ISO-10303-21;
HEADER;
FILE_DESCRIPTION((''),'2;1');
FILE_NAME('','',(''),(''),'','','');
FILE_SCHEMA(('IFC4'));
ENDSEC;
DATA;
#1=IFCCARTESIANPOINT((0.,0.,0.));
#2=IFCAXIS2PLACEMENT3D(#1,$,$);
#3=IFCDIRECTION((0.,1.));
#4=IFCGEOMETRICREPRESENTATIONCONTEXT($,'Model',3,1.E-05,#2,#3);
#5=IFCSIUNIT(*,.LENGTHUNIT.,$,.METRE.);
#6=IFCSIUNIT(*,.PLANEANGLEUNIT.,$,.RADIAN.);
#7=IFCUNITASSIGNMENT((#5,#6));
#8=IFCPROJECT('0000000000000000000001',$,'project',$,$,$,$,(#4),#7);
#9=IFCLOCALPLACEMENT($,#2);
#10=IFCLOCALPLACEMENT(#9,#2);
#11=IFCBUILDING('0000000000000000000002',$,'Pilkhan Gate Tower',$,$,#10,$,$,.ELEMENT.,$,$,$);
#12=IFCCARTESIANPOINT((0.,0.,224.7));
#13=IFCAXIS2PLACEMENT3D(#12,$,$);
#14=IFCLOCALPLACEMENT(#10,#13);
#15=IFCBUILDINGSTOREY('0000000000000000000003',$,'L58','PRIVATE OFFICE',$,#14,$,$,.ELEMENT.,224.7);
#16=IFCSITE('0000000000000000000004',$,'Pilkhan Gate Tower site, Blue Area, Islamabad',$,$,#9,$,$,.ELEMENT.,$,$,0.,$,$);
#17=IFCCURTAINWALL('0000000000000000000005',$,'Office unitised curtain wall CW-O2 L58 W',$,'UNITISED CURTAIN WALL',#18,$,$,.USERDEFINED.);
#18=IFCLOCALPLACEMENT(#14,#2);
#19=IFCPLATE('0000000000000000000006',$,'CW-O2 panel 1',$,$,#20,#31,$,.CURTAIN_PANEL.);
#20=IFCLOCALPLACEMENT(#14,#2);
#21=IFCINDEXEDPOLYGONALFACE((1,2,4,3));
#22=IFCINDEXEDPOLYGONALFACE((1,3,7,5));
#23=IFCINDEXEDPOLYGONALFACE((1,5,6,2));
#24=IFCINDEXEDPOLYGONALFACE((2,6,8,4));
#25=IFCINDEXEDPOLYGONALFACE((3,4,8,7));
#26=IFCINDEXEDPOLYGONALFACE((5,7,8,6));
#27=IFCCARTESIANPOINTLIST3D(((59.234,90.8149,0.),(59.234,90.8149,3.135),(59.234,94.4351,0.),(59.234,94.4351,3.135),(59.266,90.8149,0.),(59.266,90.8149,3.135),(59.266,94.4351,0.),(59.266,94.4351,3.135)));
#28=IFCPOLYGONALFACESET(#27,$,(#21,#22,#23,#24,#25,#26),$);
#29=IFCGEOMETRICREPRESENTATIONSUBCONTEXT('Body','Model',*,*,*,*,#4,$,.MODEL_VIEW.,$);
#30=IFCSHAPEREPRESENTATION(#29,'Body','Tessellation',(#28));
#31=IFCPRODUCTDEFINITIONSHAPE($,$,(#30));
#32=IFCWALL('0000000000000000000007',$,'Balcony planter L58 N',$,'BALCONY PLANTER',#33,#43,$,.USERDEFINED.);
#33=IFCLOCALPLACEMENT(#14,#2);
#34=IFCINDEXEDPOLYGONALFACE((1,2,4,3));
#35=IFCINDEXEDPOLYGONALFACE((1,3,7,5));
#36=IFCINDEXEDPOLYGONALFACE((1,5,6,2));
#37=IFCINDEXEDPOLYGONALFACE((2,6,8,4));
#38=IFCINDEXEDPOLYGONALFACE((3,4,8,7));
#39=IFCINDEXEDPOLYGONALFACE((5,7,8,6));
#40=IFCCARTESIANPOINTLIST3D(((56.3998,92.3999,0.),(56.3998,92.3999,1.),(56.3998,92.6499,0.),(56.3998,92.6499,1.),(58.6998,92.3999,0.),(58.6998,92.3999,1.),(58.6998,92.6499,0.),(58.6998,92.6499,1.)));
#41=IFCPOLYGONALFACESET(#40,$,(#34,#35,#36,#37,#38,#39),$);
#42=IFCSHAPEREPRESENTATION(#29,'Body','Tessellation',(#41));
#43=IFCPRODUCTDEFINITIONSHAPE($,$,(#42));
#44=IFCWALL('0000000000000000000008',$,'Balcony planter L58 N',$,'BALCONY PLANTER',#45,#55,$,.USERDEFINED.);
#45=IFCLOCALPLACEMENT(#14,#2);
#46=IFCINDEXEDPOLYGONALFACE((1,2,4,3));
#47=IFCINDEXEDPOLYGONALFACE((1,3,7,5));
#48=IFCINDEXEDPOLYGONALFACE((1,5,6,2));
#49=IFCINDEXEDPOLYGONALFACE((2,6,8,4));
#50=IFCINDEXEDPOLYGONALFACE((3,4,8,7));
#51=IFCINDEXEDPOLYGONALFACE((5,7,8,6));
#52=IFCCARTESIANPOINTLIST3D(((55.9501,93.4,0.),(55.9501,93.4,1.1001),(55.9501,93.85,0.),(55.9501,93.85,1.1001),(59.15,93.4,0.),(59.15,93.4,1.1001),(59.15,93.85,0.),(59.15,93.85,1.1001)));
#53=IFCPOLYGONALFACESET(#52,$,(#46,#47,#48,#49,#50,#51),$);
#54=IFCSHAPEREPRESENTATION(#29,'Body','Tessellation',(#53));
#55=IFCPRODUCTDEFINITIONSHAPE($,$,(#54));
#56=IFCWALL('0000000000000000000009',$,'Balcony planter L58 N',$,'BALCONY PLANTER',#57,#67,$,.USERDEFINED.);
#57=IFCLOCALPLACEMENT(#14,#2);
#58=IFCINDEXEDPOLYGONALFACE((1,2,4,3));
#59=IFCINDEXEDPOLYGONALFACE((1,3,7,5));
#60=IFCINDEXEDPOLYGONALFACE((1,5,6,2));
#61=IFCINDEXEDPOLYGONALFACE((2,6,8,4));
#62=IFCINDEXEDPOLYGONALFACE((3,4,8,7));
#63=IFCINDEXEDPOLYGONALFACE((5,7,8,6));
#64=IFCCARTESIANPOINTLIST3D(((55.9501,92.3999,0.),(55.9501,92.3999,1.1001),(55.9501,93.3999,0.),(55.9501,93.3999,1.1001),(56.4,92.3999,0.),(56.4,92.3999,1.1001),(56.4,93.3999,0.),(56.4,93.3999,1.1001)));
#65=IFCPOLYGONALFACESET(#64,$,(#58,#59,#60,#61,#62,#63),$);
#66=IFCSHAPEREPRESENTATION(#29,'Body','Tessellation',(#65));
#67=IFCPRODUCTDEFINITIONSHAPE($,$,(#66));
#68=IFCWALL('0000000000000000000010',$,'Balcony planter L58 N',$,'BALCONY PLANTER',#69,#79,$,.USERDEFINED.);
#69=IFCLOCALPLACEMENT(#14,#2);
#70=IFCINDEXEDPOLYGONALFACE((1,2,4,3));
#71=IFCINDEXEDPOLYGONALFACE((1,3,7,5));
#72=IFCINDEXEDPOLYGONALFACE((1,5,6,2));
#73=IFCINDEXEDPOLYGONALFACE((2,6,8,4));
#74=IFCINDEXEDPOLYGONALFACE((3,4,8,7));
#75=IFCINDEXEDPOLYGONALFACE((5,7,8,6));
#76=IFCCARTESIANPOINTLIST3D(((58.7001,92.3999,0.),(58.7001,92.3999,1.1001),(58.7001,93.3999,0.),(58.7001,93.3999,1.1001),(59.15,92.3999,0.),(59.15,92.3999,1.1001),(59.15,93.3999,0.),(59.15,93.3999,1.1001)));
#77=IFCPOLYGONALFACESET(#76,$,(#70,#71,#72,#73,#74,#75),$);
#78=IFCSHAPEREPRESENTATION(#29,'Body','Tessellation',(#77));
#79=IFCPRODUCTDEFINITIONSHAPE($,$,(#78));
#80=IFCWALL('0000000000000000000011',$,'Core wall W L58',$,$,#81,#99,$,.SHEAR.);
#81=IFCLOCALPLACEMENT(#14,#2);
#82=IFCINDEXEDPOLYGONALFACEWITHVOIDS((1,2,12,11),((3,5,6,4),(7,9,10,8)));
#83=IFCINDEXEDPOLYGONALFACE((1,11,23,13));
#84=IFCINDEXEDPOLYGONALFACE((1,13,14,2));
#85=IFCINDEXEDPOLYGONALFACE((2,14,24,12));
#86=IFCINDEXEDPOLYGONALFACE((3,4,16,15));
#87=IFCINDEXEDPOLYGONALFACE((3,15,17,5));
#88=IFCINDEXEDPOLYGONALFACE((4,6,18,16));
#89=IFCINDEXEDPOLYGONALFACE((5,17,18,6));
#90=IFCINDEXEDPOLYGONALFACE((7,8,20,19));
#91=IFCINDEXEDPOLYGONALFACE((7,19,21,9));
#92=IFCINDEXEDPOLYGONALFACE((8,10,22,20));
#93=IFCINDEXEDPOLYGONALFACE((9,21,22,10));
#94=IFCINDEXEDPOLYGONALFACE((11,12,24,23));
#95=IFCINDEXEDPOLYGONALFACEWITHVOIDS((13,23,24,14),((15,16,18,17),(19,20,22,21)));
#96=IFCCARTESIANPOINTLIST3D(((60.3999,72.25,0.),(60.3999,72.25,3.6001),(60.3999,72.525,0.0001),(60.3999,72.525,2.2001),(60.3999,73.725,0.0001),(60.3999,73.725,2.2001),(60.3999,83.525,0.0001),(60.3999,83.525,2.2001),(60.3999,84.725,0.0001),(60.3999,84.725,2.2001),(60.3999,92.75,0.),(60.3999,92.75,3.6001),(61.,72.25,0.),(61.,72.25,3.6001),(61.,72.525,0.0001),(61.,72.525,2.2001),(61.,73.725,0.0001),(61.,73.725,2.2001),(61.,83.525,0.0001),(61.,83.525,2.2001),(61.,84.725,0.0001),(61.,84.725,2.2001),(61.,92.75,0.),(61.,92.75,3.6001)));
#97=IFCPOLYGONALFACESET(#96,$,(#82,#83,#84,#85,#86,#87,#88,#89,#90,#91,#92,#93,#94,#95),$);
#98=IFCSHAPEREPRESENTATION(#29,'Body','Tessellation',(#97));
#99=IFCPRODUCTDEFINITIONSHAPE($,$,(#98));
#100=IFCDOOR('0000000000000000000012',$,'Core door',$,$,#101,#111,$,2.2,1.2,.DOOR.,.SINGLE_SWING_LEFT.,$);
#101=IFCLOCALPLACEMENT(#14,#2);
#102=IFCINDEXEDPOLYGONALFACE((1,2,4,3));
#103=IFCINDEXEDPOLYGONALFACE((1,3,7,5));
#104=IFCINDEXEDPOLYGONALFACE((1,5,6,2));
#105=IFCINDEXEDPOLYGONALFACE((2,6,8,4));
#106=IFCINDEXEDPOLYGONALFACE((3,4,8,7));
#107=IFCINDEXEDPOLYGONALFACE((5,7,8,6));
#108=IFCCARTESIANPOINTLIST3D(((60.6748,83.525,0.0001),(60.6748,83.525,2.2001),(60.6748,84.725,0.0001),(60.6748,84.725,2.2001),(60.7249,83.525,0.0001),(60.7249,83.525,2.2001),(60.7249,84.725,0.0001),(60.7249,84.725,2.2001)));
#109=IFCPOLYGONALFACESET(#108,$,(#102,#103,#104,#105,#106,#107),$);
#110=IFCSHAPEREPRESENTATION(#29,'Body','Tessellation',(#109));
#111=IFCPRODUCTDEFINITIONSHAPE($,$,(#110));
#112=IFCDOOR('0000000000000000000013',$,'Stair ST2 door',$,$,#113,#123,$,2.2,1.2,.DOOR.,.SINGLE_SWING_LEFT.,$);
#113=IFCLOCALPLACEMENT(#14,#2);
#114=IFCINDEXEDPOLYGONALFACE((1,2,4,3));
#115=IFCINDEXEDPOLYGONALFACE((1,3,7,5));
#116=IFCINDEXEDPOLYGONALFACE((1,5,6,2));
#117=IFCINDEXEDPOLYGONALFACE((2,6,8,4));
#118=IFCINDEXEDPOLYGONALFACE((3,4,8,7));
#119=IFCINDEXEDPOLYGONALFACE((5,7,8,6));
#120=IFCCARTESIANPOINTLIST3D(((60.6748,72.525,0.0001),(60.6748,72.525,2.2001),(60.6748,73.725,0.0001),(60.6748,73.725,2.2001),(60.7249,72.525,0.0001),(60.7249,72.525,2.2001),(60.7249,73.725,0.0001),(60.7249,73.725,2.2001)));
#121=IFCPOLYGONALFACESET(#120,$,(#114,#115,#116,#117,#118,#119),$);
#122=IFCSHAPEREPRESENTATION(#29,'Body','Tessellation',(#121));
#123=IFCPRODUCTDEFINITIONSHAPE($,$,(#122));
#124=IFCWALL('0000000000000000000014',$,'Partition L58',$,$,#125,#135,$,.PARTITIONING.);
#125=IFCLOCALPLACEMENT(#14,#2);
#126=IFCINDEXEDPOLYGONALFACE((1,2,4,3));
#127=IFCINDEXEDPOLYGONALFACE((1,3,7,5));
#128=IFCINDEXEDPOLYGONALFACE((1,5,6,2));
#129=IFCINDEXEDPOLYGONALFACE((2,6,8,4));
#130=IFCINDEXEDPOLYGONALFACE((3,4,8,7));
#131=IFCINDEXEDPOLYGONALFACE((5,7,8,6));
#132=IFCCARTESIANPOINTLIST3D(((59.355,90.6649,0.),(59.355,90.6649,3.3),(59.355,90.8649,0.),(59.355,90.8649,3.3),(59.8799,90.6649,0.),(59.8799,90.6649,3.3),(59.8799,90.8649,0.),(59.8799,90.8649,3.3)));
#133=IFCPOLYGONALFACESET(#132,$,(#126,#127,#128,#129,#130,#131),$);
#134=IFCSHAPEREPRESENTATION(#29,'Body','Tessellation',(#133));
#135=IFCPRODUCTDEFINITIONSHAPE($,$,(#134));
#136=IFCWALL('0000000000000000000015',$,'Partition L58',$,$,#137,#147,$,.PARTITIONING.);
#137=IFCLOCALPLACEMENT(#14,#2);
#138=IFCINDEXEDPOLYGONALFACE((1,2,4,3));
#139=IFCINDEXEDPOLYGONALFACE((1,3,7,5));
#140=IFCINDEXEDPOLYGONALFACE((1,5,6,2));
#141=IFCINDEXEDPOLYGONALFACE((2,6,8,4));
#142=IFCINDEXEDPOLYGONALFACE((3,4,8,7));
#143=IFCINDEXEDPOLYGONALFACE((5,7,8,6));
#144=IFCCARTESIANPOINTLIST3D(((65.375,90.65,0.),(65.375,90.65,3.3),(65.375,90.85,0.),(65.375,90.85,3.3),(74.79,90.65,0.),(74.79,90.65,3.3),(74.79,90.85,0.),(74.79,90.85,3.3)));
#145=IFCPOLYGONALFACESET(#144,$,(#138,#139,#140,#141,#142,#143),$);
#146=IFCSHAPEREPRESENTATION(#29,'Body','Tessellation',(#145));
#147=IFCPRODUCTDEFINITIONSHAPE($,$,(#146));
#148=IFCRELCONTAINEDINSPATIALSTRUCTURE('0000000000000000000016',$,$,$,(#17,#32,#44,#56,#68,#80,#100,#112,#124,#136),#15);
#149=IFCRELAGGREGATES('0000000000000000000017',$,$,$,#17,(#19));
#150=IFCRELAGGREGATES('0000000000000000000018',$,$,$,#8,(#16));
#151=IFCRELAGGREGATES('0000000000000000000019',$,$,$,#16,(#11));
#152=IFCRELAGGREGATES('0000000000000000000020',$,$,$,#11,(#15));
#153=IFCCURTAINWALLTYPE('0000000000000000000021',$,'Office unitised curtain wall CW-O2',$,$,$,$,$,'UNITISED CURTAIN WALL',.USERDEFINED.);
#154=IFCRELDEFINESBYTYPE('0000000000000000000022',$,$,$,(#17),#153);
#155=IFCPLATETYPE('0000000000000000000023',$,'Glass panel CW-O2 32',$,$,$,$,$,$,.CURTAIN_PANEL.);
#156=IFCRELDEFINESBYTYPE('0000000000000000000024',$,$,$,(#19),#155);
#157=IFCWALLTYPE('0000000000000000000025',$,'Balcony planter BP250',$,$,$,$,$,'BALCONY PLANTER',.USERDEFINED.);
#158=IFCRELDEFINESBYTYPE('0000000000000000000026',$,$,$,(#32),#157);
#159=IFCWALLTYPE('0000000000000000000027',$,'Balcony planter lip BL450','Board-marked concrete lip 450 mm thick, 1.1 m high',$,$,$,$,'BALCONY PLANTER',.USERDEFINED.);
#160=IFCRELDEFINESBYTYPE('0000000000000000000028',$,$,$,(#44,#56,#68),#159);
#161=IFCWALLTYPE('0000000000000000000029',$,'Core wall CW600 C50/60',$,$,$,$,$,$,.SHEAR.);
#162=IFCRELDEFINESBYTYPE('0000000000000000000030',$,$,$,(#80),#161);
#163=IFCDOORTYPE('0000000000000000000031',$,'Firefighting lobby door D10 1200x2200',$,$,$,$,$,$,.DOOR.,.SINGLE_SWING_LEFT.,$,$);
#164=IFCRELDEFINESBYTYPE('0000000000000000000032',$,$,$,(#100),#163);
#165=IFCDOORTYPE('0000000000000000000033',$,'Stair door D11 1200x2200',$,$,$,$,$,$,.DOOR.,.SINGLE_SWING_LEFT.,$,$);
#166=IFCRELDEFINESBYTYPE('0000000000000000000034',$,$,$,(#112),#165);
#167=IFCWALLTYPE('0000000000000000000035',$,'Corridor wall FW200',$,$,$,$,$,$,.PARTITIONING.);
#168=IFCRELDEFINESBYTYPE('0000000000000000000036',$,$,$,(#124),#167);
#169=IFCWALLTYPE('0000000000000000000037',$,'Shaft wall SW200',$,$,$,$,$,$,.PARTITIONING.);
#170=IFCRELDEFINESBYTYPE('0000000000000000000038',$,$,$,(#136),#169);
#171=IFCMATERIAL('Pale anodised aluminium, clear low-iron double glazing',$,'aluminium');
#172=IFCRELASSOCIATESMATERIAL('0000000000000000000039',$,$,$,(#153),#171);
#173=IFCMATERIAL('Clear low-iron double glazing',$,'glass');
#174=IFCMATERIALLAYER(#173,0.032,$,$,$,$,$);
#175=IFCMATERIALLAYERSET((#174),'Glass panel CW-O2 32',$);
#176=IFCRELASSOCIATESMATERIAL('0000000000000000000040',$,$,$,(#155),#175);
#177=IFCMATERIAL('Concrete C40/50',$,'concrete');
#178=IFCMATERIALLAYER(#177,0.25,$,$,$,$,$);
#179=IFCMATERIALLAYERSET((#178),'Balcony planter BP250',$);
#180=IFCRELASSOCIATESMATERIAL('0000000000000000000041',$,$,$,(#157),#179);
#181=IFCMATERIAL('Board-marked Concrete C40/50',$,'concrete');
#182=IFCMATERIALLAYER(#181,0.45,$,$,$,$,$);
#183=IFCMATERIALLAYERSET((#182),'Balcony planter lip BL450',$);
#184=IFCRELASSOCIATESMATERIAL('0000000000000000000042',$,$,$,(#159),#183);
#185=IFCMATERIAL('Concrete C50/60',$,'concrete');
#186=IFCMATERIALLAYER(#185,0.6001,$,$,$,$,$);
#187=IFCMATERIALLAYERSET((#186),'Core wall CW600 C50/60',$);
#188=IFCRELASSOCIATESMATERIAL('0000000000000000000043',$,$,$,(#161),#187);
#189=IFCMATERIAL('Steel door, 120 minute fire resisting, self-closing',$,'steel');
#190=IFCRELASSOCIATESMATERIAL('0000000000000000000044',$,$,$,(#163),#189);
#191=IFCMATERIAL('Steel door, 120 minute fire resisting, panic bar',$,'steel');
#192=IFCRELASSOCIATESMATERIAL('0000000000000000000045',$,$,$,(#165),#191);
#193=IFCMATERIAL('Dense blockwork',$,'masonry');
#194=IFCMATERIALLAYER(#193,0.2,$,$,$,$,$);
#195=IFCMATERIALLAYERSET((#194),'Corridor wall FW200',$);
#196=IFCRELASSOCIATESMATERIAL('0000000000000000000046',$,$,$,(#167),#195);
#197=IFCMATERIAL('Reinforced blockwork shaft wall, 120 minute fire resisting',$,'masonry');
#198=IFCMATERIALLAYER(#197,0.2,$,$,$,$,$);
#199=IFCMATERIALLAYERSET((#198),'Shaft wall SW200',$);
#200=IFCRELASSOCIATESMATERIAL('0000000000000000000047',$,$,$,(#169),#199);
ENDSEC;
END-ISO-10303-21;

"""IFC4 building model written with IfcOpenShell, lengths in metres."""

from ifc_helpers import new_model, si_unit, direction, frame, frame_2d, origin, origin_2d, place, context, subcontext, project, spatial, rectangle, extrude, material, layer, layer_set, type_object, element, fill, aggregate, save


model = new_model("IFC4")

# Units and contexts
model_context = context("Model", 3, precision=1e-05, world=origin(), true_north=direction((0.0, 1.0)))
body_context = subcontext(model_context, "Body", "Model", "MODEL_VIEW")
ifc_project = project(units=[si_unit("LENGTHUNIT", "METRE"), si_unit("PLANEANGLEUNIT", "RADIAN")], contexts=[model_context])

# Site, building, storey
site_placement = place(None, origin())
site = spatial("IfcSite", under=ifc_project, at=site_placement, Name="Pilkhan Gate Tower site, Blue Area, Islamabad", CompositionType="ELEMENT", RefElevation=0.0)
building_placement = place(site_placement, origin())
building = spatial("IfcBuilding", under=site, at=building_placement, Name="Pilkhan Gate Tower", CompositionType="ELEMENT")
storey_placement = place(building_placement, frame((0.0, 0.0, 224.7)))
storey = spatial("IfcBuildingStorey", under=building, at=storey_placement, Name="L58", Description="PRIVATE OFFICE", CompositionType="ELEMENT", Elevation=224.7)

# Shared definitions
ifc_material_1 = material(Name="Concrete C50/60", Category="concrete")

# Curtain wall
ifc_material_2 = material(Name="Pale anodised aluminium, clear low-iron double glazing", Category="aluminium")
curtain_wall_type = type_object("IfcCurtainWallType", Name="Office unitised curtain wall CW-O2", ElementType="UNITISED CURTAIN WALL", PredefinedType="USERDEFINED", material=ifc_material_2)
curtain_wall_1_placement = place(storey_placement, origin())
curtain_wall_1 = element("IfcCurtainWall", 1, at=curtain_wall_1_placement, inside=storey, type_object=curtain_wall_type, Name="Office unitised curtain wall CW-O2 L58 W", ObjectType="UNITISED CURTAIN WALL", PredefinedType="USERDEFINED")

# Plate
ifc_material_3 = material(Name="Clear low-iron double glazing", Category="glass")
ifc_layer_1 = layer(ifc_material_3, 0.032)
ifc_layer_set_1 = layer_set([ifc_layer_1], Name="Glass panel CW-O2 32")
plate_type = type_object("IfcPlateType", Name="Glass panel CW-O2 32", PredefinedType="CURTAIN_PANEL", material=ifc_layer_set_1)
plate_1_placement = place(storey_placement, frame((59.25, 92.625, 0.0), z_axis=(0.0, 0.0, 1.0), x_axis=(0.0, 1.0, 0.0)))
plate_1 = element("IfcPlate", 2, at=plate_1_placement, type_object=plate_type, Name="CW-O2 panel 1", PredefinedType="CURTAIN_PANEL", context=body_context, shape_type="SweptSolid", body=[
    extrude(rectangle(XDim=3.6201, YDim=0.032, at=origin_2d()), origin(), (0.0, 0.0, 1.0), 3.135),
])
aggregate(curtain_wall_1, [plate_1])

# Walls
ifc_material_4 = material(Name="Concrete C40/50", Category="concrete")
ifc_layer_2 = layer(ifc_material_4, 0.25)
ifc_layer_set_2 = layer_set([ifc_layer_2], Name="Balcony planter BP250")
wall_type_1 = type_object("IfcWallType", Name="Balcony planter BP250", ElementType="BALCONY PLANTER", PredefinedType="USERDEFINED", material=ifc_layer_set_2)
wall_1_placement = place(storey_placement, frame((56.3999, 92.5249, 0.0), z_axis=(0.0, 0.0, 1.0), x_axis=(1.0, 0.0, 0.0)))
element("IfcWall", 3, at=wall_1_placement, inside=storey, type_object=wall_type_1, Name="Balcony planter L58 N", ObjectType="BALCONY PLANTER", PredefinedType="USERDEFINED", context=body_context, shape_type="SweptSolid", body=[
    extrude(rectangle(XDim=2.3, YDim=0.25, at=frame_2d((1.1499, 0.0))), origin(), (0.0, 0.0, 1.0), 1.0),
])
ifc_material_5 = material(Name="Board-marked Concrete C40/50", Category="concrete")
ifc_layer_3 = layer(ifc_material_5, 0.45)
ifc_layer_set_3 = layer_set([ifc_layer_3], Name="Balcony planter lip BL450")
wall_type_2 = type_object("IfcWallType", Name="Balcony planter lip BL450", Description="Board-marked concrete lip 450 mm thick, 1.1 m high", ElementType="BALCONY PLANTER", PredefinedType="USERDEFINED", material=ifc_layer_set_3)
wall_2_placement = place(storey_placement, frame((55.95, 93.625, 0.0), z_axis=(0.0, 0.0, 1.0), x_axis=(1.0, 0.0, 0.0)))
element("IfcWall", 4, at=wall_2_placement, inside=storey, type_object=wall_type_2, Name="Balcony planter L58 N", ObjectType="BALCONY PLANTER", PredefinedType="USERDEFINED", context=body_context, shape_type="SweptSolid", body=[
    extrude(rectangle(XDim=3.2, YDim=0.45, at=frame_2d((1.6001, 0.0))), origin(), (0.0, 0.0, 1.0), 1.1001),
])
for number, where, z_axis, x_axis, name in (
    (5, (56.175, 92.3999, 0.0), (0.0, 0.0, 1.0), (0.0, 1.0, 0.0), "Balcony planter L58 N"),
    (6, (58.925, 92.3999, 0.0), (0.0, 0.0, 1.0), (0.0, 1.0, 0.0), "Balcony planter L58 N"),
):
    element("IfcWall", number, at=place(storey_placement, frame(where, z_axis=z_axis, x_axis=x_axis)), inside=storey, type_object=wall_type_2, Name=name, ObjectType="BALCONY PLANTER", PredefinedType="USERDEFINED", context=body_context, shape_type="SweptSolid", body=[
        extrude(rectangle(XDim=1.0, YDim=0.45, at=frame_2d((0.5, 0.0))), origin(), (0.0, 0.0, 1.0), 1.1001),
    ])

# Wall, openings, doors
ifc_layer_4 = layer(ifc_material_1, 0.6001)
ifc_layer_set_4 = layer_set([ifc_layer_4], Name="Core wall CW600 C50/60")
wall_type_3 = type_object("IfcWallType", Name="Core wall CW600 C50/60", PredefinedType="SHEAR", material=ifc_layer_set_4)
wall_3_placement = place(storey_placement, frame((60.7, 92.75, 0.0), z_axis=(0.0, 0.0, 1.0), x_axis=(0.0, -1.0, 0.0)))
wall_3 = element("IfcWall", 7, at=wall_3_placement, inside=storey, type_object=wall_type_3, Name="Core wall W L58", PredefinedType="SHEAR", context=body_context, shape_type="SweptSolid", body=[
    extrude(rectangle(XDim=20.5, YDim=0.6001, at=frame_2d((10.25, 0.0))), origin(), (0.0, 0.0, 1.0), 3.6001),
])
opening_1_placement = place(wall_3_placement, frame((19.0249, 0.0, 0.0)))
opening_1 = element("IfcOpeningElement", 8, at=opening_1_placement, cuts=wall_3, PredefinedType="OPENING", context=body_context, shape_type="SweptSolid", body=[
    extrude(rectangle(XDim=1.2, YDim=2.2, at=frame_2d((0.6001, 1.1001))), frame((0.0, 0.3101, 0.0), z_axis=(0.0, -1.0, 0.0), x_axis=(1.0, 0.0, 0.0)), (0.0, 0.0, 1.0), 0.6201),
])
opening_2_placement = place(wall_3_placement, frame((8.0249, 0.0, 0.0)))
opening_2 = element("IfcOpeningElement", 9, at=opening_2_placement, cuts=wall_3, PredefinedType="OPENING", context=body_context, shape_type="SweptSolid", body=[
    extrude(rectangle(XDim=1.2, YDim=2.2, at=frame_2d((0.6001, 1.1001))), frame((0.0, 0.3101, 0.0), z_axis=(0.0, -1.0, 0.0), x_axis=(1.0, 0.0, 0.0)), (0.0, 0.0, 1.0), 0.6201),
])
ifc_material_6 = material(Name="Steel door, 120 minute fire resisting, self-closing", Category="steel")
door_type_1 = type_object("IfcDoorType", Name="Firefighting lobby door D10 1200x2200", OperationType="SINGLE_SWING_LEFT", PredefinedType="DOOR", material=ifc_material_6)
door_1_placement = place(opening_2_placement, origin())
door_1 = element("IfcDoor", 10, at=door_1_placement, inside=storey, type_object=door_type_1, Name="Core door", OperationType="SINGLE_SWING_LEFT", OverallHeight=2.2, OverallWidth=1.2, PredefinedType="DOOR", context=body_context, shape_type="SweptSolid", body=[
    extrude(rectangle(XDim=1.2, YDim=2.2, at=frame_2d((0.6001, 1.1001))), frame((0.0, 0.0249, 0.0), z_axis=(0.0, -1.0, 0.0), x_axis=(1.0, 0.0, 0.0)), (0.0, 0.0, 1.0), 0.05),
])
fill(opening_2, door_1)
ifc_material_7 = material(Name="Steel door, 120 minute fire resisting, panic bar", Category="steel")
door_type_2 = type_object("IfcDoorType", Name="Stair door D11 1200x2200", OperationType="SINGLE_SWING_LEFT", PredefinedType="DOOR", material=ifc_material_7)
door_2_placement = place(opening_1_placement, origin())
door_2 = element("IfcDoor", 11, at=door_2_placement, inside=storey, type_object=door_type_2, Name="Stair ST2 door", OperationType="SINGLE_SWING_LEFT", OverallHeight=2.2, OverallWidth=1.2, PredefinedType="DOOR", context=body_context, shape_type="SweptSolid", body=[
    extrude(rectangle(XDim=1.2, YDim=2.2, at=frame_2d((0.6001, 1.1001))), frame((0.0, 0.0249, 0.0), z_axis=(0.0, -1.0, 0.0), x_axis=(1.0, 0.0, 0.0)), (0.0, 0.0, 1.0), 0.05),
])
fill(opening_1, door_2)

# Wall
ifc_material_8 = material(Name="Dense blockwork", Category="masonry")
ifc_layer_5 = layer(ifc_material_8, 0.2)
ifc_layer_set_5 = layer_set([ifc_layer_5], Name="Corridor wall FW200")
wall_type_4 = type_object("IfcWallType", Name="Corridor wall FW200", PredefinedType="PARTITIONING", material=ifc_layer_set_5)
wall_4_placement = place(storey_placement, frame((59.355, 90.7649, 0.0), z_axis=(0.0, 0.0, 1.0), x_axis=(1.0, 0.0, 0.0)))
element("IfcWall", 12, at=wall_4_placement, inside=storey, type_object=wall_type_4, Name="Partition L58", PredefinedType="PARTITIONING", context=body_context, shape_type="SweptSolid", body=[
    extrude(rectangle(XDim=0.5249, YDim=0.2, at=frame_2d((0.2625, 0.0))), origin(), (0.0, 0.0, 1.0), 3.3),
])

# Wall
ifc_material_9 = material(Name="Reinforced blockwork shaft wall, 120 minute fire resisting", Category="masonry")
ifc_layer_6 = layer(ifc_material_9, 0.2)
ifc_layer_set_6 = layer_set([ifc_layer_6], Name="Shaft wall SW200")
wall_type_5 = type_object("IfcWallType", Name="Shaft wall SW200", PredefinedType="PARTITIONING", material=ifc_layer_set_6)
wall_5_placement = place(storey_placement, frame((65.375, 90.75, 0.0), z_axis=(0.0, 0.0, 1.0), x_axis=(1.0, 0.0, 0.0)))
element("IfcWall", 13, at=wall_5_placement, inside=storey, type_object=wall_type_5, Name="Partition L58", PredefinedType="PARTITIONING", context=body_context, shape_type="SweptSolid", body=[
    extrude(rectangle(XDim=9.415, YDim=0.2, at=frame_2d((4.7075, 0.0))), origin(), (0.0, 0.0, 1.0), 3.3),
])

save(model, "model.ifc")
